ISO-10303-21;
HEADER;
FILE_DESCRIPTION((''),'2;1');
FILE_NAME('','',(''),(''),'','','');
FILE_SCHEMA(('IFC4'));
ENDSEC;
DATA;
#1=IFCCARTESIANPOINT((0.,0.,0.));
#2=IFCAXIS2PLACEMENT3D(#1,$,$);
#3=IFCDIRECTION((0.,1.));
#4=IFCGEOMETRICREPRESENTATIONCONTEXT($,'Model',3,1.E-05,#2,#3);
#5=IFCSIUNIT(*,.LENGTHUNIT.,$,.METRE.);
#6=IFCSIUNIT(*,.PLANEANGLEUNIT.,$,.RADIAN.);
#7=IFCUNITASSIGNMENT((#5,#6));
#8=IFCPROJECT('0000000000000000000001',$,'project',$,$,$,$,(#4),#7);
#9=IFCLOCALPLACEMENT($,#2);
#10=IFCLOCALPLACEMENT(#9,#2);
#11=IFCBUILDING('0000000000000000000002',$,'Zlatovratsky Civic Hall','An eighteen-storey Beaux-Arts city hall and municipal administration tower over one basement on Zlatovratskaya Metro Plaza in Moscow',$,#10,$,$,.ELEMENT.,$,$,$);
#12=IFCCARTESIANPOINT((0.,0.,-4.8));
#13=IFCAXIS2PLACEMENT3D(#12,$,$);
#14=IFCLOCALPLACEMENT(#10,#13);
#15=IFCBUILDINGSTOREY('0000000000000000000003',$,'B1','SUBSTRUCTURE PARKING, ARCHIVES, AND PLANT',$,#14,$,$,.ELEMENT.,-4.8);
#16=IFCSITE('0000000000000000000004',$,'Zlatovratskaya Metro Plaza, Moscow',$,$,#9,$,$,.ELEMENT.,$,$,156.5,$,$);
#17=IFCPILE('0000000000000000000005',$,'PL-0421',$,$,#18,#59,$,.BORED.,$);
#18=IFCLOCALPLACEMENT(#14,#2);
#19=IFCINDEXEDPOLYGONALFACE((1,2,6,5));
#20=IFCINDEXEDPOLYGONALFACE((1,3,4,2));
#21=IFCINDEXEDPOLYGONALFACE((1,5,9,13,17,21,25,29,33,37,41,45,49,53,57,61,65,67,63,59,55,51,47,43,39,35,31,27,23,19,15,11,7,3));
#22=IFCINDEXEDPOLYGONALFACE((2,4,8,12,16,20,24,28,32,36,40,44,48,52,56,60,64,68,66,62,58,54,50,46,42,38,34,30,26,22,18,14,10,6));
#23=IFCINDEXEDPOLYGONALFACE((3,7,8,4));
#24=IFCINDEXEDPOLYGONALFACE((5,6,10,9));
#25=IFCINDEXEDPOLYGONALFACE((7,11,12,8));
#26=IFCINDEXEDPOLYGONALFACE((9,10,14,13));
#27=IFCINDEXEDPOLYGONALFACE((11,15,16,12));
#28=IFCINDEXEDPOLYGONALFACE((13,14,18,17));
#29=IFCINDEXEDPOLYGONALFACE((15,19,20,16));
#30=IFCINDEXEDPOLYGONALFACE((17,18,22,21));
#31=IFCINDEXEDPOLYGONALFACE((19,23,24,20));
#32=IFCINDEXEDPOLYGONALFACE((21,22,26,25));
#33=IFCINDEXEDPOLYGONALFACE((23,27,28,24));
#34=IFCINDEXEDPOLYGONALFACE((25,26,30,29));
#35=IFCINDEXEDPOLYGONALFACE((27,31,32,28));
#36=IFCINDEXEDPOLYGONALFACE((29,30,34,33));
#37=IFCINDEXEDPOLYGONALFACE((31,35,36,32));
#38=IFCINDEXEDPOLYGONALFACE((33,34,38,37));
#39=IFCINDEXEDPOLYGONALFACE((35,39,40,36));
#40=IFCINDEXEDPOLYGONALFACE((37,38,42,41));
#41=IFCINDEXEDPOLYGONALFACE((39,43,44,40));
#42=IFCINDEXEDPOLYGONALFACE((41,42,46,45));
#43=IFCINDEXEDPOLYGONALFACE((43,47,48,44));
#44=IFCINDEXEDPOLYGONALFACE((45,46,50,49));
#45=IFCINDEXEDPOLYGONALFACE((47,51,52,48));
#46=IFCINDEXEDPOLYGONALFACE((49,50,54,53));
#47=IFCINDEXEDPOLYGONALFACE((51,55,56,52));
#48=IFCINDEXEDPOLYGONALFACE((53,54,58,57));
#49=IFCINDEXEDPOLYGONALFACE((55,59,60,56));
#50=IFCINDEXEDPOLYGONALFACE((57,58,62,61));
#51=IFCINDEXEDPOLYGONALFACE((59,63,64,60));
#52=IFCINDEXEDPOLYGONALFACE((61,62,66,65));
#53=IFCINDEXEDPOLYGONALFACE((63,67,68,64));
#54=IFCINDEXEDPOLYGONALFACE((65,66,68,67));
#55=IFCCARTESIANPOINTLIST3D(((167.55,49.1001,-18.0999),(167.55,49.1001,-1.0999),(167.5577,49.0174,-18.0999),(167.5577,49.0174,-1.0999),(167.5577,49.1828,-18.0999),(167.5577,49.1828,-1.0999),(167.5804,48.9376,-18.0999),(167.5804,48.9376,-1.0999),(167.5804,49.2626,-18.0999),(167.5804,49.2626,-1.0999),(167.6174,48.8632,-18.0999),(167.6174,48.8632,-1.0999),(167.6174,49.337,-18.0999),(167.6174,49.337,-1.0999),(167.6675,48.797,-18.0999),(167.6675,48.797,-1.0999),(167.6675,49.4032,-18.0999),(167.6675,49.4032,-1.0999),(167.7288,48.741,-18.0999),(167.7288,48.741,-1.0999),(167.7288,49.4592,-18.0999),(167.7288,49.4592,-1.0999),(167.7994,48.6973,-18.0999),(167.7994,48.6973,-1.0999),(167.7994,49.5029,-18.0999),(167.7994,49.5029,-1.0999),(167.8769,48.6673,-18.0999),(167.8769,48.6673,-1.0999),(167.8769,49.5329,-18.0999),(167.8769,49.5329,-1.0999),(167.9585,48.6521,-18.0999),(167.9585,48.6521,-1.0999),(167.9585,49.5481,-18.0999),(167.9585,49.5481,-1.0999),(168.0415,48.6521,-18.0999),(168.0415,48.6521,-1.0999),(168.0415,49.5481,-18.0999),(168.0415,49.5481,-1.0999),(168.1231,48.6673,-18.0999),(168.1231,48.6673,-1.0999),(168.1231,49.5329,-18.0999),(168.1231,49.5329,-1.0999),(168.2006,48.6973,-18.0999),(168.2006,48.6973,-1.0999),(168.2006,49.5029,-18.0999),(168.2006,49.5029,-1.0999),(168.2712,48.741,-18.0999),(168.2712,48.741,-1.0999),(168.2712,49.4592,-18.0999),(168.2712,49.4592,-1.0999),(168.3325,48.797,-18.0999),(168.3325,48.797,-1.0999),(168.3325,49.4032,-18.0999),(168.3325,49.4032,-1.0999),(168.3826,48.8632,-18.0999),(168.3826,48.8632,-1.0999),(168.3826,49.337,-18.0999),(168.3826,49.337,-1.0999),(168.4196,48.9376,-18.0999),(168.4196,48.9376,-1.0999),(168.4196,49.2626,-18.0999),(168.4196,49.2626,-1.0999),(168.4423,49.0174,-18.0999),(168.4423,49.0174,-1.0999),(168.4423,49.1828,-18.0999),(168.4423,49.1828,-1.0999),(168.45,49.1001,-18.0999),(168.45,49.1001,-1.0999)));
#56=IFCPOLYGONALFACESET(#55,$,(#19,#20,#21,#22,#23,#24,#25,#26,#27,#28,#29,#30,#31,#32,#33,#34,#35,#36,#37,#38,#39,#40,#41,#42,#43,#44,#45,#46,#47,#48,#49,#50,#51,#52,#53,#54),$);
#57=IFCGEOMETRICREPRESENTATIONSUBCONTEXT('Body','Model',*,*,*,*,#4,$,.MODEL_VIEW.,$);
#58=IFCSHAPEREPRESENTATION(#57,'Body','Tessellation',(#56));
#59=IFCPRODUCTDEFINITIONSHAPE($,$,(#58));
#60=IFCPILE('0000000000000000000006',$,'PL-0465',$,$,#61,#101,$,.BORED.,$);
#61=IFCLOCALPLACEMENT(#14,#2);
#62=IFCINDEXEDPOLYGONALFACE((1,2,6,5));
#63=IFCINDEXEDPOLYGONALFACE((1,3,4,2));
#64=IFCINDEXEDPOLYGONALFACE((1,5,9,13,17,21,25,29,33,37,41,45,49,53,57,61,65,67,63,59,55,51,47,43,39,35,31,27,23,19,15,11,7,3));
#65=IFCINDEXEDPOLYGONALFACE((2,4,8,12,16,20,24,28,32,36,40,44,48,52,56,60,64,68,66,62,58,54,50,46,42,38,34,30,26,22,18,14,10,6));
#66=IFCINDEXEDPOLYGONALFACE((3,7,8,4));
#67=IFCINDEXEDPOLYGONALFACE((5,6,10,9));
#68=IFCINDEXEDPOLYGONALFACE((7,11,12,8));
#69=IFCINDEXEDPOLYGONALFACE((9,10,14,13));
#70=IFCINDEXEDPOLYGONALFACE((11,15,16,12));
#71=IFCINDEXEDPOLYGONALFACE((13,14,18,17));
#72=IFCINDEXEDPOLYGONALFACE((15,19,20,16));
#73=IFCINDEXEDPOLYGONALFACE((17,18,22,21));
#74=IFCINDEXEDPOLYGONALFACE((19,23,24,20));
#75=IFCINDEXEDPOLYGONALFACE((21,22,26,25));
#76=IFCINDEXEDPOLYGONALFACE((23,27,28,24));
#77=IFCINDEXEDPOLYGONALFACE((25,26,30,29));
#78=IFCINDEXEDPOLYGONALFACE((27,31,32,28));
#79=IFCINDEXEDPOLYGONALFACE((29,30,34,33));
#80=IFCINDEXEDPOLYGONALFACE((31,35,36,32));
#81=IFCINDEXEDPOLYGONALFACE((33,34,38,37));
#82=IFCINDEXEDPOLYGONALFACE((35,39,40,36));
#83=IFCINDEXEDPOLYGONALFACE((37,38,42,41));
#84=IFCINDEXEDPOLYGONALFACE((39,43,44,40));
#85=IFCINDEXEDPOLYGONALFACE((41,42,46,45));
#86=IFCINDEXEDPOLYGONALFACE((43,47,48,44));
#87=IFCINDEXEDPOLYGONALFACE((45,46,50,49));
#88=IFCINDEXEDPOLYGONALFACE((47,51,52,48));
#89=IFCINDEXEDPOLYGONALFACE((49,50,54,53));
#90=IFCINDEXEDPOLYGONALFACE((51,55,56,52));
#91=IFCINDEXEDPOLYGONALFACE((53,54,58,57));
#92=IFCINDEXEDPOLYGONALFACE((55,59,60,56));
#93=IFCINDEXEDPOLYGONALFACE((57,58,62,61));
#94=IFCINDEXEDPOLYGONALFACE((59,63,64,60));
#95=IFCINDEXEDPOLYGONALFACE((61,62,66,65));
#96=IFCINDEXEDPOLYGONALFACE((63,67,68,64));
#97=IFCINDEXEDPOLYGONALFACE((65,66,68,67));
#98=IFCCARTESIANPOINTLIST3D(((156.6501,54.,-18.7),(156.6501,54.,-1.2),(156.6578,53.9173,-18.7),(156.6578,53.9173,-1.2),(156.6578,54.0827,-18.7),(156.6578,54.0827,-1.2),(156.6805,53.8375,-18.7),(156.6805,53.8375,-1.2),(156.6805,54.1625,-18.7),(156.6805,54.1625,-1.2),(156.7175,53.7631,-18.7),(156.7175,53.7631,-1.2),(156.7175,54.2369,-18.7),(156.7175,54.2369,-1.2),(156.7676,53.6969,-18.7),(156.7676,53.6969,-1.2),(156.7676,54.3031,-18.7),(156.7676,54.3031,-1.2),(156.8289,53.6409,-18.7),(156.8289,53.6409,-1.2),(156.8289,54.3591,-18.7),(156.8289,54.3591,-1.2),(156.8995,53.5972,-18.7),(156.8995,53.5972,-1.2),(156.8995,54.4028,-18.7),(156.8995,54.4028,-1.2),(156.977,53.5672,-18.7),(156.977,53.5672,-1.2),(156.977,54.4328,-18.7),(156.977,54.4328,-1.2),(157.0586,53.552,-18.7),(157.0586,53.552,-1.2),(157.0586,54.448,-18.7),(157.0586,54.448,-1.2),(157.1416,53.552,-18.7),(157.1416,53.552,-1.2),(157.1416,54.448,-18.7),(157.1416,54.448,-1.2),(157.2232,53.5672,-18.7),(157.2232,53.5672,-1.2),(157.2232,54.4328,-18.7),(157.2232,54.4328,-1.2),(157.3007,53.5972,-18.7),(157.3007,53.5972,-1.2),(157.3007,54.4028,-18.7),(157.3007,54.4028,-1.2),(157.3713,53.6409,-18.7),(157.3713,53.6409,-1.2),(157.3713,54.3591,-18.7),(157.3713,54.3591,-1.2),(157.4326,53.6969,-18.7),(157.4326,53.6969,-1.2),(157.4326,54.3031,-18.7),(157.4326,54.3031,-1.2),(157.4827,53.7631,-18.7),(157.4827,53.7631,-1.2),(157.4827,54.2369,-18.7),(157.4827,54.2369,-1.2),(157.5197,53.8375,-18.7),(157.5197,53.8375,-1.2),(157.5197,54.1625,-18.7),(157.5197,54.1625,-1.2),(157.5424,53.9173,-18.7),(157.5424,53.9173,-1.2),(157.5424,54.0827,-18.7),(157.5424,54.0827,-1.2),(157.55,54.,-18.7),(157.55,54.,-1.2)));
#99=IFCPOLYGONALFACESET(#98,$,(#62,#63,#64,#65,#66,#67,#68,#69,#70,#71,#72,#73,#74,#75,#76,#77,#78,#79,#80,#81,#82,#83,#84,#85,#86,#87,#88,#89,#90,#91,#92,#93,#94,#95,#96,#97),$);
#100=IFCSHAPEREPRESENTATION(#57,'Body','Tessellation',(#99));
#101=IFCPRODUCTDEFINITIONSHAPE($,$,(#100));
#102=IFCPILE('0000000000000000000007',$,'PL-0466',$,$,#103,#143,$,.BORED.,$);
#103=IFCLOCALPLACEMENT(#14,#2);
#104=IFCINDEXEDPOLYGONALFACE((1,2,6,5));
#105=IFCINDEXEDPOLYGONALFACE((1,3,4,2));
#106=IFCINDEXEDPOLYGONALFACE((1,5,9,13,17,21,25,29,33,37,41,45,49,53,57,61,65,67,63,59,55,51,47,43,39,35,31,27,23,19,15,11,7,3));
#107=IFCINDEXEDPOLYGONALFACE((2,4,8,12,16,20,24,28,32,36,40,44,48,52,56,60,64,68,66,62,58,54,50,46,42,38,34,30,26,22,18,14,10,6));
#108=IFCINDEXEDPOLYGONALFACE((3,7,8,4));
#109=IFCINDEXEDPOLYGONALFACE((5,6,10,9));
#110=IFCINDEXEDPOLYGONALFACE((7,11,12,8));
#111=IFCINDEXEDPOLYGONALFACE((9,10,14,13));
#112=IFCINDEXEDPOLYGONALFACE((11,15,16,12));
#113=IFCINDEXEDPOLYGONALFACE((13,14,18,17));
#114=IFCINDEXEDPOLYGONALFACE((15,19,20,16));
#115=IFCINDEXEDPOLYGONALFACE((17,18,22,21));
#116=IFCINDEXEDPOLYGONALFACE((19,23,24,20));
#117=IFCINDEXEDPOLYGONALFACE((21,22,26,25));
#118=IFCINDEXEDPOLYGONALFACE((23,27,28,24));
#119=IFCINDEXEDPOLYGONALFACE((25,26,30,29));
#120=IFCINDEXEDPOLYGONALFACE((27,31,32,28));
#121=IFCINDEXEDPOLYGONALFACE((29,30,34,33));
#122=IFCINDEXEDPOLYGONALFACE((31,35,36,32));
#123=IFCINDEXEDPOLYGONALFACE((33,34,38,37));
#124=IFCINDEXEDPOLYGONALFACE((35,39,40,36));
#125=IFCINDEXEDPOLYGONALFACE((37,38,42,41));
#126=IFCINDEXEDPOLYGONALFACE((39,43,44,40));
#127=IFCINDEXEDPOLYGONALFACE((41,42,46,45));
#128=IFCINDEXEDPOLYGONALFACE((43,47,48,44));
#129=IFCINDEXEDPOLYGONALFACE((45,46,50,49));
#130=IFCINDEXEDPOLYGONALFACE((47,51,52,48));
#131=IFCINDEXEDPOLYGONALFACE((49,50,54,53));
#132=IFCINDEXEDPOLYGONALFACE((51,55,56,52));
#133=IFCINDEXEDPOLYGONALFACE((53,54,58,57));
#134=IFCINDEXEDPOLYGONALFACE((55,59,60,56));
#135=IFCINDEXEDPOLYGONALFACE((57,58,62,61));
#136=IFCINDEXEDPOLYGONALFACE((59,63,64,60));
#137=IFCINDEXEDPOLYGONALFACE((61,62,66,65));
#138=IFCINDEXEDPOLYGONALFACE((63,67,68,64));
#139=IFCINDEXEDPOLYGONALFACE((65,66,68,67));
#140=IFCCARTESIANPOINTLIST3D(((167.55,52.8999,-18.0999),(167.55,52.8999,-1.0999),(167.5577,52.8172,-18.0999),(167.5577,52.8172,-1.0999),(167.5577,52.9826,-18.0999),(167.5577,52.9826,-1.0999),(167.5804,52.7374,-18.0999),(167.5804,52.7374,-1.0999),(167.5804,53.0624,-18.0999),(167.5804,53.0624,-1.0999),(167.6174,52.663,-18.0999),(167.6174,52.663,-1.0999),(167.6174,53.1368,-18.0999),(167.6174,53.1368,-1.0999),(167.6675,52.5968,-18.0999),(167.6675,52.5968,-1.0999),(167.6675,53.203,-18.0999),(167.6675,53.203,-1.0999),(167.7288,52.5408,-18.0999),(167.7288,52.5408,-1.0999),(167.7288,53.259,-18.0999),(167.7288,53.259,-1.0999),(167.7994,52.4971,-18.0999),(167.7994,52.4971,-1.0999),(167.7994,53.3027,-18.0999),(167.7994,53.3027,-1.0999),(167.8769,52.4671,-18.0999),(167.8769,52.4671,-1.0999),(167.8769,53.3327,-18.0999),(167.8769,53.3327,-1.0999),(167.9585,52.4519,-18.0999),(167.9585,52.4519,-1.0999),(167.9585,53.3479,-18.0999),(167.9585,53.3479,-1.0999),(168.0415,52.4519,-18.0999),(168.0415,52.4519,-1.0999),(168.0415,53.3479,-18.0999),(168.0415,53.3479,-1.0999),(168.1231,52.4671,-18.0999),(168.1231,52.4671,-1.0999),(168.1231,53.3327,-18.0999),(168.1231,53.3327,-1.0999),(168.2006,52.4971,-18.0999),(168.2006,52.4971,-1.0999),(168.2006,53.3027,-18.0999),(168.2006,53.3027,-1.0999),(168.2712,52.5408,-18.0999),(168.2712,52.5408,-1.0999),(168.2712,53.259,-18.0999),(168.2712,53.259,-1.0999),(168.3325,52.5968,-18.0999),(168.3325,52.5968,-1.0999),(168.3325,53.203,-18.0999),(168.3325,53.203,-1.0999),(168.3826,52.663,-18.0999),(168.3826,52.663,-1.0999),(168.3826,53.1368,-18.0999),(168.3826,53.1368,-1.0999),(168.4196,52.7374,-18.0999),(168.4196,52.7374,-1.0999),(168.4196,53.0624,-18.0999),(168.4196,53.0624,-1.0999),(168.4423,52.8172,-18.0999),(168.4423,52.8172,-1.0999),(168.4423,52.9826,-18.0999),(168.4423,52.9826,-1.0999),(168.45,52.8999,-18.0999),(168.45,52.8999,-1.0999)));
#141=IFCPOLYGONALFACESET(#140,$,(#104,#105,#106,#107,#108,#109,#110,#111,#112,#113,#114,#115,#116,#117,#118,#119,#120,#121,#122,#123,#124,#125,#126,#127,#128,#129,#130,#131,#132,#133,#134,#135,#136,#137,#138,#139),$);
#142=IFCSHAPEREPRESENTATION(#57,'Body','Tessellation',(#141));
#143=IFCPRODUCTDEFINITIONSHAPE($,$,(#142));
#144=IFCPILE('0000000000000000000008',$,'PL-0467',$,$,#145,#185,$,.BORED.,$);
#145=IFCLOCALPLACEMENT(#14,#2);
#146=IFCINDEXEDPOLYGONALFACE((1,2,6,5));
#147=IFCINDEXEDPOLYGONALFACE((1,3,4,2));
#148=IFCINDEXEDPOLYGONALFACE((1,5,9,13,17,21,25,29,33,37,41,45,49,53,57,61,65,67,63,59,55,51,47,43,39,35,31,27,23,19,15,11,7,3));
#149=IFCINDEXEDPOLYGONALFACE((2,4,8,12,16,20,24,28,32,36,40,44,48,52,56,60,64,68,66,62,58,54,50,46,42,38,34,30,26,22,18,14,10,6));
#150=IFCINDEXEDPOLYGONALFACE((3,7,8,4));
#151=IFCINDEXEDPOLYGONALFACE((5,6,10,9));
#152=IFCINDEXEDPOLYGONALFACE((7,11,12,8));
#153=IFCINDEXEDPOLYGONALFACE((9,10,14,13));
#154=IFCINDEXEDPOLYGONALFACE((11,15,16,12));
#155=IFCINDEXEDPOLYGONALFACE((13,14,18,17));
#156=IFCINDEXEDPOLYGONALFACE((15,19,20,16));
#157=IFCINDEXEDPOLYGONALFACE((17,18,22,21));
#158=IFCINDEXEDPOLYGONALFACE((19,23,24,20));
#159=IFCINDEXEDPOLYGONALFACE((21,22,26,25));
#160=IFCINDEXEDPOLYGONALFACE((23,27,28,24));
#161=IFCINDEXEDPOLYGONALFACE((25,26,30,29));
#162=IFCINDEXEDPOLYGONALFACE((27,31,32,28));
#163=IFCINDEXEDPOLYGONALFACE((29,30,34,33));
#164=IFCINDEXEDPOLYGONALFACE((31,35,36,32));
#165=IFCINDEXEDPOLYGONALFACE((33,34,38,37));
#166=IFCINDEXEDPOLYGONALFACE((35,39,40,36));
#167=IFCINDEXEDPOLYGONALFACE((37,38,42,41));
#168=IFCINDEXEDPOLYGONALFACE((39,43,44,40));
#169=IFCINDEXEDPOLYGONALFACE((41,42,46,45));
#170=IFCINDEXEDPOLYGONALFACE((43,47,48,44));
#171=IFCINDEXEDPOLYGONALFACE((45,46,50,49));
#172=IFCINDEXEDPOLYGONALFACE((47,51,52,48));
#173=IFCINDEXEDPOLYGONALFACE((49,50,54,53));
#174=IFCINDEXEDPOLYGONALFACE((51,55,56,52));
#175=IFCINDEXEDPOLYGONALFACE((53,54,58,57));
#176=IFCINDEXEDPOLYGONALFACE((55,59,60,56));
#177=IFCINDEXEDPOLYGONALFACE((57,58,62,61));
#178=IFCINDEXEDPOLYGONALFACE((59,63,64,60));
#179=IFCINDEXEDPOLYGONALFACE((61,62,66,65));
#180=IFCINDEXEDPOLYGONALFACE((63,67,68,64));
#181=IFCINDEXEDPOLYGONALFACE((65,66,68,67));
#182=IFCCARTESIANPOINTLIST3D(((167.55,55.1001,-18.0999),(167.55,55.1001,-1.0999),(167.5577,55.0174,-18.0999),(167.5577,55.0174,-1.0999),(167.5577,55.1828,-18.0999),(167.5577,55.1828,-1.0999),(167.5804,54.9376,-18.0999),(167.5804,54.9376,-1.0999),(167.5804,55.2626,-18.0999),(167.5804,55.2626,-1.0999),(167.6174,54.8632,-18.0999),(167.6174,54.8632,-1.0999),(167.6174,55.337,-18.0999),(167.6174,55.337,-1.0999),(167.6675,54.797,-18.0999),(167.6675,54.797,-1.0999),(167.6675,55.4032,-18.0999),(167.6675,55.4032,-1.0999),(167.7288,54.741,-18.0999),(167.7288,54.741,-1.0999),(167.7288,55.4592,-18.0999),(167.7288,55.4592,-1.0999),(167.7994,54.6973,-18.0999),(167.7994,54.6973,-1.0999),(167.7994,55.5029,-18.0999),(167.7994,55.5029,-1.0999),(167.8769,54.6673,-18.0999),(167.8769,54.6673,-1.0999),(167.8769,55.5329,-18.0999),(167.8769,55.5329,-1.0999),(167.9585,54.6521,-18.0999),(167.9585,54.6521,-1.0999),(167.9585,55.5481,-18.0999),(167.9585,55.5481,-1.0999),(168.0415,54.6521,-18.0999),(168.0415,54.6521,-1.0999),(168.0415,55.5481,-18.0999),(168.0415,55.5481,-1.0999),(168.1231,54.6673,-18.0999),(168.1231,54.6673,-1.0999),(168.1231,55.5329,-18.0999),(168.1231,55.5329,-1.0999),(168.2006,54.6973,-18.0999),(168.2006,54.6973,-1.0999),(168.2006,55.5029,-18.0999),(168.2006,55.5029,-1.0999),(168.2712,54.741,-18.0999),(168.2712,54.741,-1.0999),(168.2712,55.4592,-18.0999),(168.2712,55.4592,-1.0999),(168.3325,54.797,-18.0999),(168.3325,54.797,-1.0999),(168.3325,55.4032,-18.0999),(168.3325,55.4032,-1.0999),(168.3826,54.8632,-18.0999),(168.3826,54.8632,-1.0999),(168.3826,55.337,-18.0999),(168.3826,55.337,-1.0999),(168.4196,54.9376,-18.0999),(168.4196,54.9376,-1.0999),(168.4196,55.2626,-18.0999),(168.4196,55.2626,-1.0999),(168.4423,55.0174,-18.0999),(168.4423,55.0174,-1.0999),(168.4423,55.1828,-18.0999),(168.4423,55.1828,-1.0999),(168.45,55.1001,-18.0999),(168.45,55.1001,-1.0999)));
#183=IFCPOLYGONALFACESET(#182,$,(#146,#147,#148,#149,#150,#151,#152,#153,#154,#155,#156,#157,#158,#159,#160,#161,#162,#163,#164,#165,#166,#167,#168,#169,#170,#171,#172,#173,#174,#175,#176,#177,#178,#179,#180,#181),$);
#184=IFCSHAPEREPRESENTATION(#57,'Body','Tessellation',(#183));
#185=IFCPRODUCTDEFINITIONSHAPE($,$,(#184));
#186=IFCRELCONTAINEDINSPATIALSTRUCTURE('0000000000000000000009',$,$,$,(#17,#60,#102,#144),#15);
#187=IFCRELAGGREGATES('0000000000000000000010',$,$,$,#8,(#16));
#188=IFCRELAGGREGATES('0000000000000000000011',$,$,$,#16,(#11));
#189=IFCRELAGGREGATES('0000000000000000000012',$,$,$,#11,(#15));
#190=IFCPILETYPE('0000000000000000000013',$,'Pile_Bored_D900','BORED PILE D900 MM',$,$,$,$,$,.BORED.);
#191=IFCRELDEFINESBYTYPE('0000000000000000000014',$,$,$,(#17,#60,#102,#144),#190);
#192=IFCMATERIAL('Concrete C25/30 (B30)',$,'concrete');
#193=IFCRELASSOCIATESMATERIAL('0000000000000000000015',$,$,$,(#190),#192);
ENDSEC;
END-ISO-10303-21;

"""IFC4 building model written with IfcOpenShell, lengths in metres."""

from ifc_helpers import new_model, si_unit, direction, frame, origin, origin_2d, place, context, subcontext, project, spatial, circle, extrude, material, material_profile, profile_set, type_object, element, save


model = new_model("IFC4")

# Units and contexts
model_context = context("Model", 3, precision=1e-05, world=origin(), true_north=direction((0.0, 1.0)))
body_context = subcontext(model_context, "Body", "Model", "MODEL_VIEW")
ifc_project = project(units=[si_unit("LENGTHUNIT", "METRE"), si_unit("PLANEANGLEUNIT", "RADIAN")], contexts=[model_context])

# Site, building, storey
site_placement = place(None, origin())
site = spatial("IfcSite", under=ifc_project, at=site_placement, Name="Zlatovratskaya Metro Plaza, Moscow", CompositionType="ELEMENT", RefElevation=156.5)
building_placement = place(site_placement, origin())
building = spatial("IfcBuilding", under=site, at=building_placement, Name="Zlatovratsky Civic Hall", Description="An eighteen-storey Beaux-Arts city hall and municipal administration tower over one basement on Zlatovratskaya Metro Plaza in Moscow", CompositionType="ELEMENT")
storey_placement = place(building_placement, frame((0.0, 0.0, -4.8)))
storey = spatial("IfcBuildingStorey", under=building, at=storey_placement, Name="B1", Description="SUBSTRUCTURE PARKING, ARCHIVES, AND PLANT", CompositionType="ELEMENT", Elevation=-4.8)

# Shared definitions
ifc_material_1 = material(Name="Concrete C25/30 (B30)", Category="concrete")

# Piles
ifc_material_profile_1 = material_profile(ifc_material_1, circle(Radius=0.45, at=origin_2d()), Name="PILE D900")
ifc_profile_set_1 = profile_set([ifc_material_profile_1], Name="Concrete C25/30 (B30)")
pile_type_1 = type_object("IfcPileType", Name="Pile_Bored_D900", Description="BORED PILE D900 MM", PredefinedType="BORED", material=ifc_profile_set_1)
pile_1_placement = place(storey_placement, frame((168.0, 49.1001, -1.0999), z_axis=(0.0, 0.0, -1.0), x_axis=(1.0, 0.0, 0.0)))
element("IfcPile", 1, at=pile_1_placement, inside=storey, type_object=pile_type_1, Name="PL-0421", PredefinedType="BORED", context=body_context, shape_type="SweptSolid", body=[
    extrude(circle(Radius=0.45, at=origin_2d()), origin(), (0.0, 0.0, 1.0), 17.0),
])
pile_2_placement = place(storey_placement, frame((157.1001, 54.0, -1.2), z_axis=(0.0, 0.0, -1.0), x_axis=(1.0, 0.0, 0.0)))
element("IfcPile", 2, at=pile_2_placement, inside=storey, type_object=pile_type_1, Name="PL-0465", PredefinedType="BORED", context=body_context, shape_type="SweptSolid", body=[
    extrude(circle(Radius=0.45, at=origin_2d()), origin(), (0.0, 0.0, 1.0), 17.5),
])
for number, where, z_axis, x_axis, name in (
    (3, (168.0, 52.8999, -1.0999), (0.0, 0.0, -1.0), (1.0, 0.0, 0.0), "PL-0466"),
    (4, (168.0, 55.1001, -1.0999), (0.0, 0.0, -1.0), (1.0, 0.0, 0.0), "PL-0467"),
):
    element("IfcPile", number, at=place(storey_placement, frame(where, z_axis=z_axis, x_axis=x_axis)), inside=storey, type_object=pile_type_1, Name=name, PredefinedType="BORED", context=body_context, shape_type="SweptSolid", body=[
        extrude(circle(Radius=0.45, at=origin_2d()), origin(), (0.0, 0.0, 1.0), 17.0),
    ])

save(model, "model.ifc")
